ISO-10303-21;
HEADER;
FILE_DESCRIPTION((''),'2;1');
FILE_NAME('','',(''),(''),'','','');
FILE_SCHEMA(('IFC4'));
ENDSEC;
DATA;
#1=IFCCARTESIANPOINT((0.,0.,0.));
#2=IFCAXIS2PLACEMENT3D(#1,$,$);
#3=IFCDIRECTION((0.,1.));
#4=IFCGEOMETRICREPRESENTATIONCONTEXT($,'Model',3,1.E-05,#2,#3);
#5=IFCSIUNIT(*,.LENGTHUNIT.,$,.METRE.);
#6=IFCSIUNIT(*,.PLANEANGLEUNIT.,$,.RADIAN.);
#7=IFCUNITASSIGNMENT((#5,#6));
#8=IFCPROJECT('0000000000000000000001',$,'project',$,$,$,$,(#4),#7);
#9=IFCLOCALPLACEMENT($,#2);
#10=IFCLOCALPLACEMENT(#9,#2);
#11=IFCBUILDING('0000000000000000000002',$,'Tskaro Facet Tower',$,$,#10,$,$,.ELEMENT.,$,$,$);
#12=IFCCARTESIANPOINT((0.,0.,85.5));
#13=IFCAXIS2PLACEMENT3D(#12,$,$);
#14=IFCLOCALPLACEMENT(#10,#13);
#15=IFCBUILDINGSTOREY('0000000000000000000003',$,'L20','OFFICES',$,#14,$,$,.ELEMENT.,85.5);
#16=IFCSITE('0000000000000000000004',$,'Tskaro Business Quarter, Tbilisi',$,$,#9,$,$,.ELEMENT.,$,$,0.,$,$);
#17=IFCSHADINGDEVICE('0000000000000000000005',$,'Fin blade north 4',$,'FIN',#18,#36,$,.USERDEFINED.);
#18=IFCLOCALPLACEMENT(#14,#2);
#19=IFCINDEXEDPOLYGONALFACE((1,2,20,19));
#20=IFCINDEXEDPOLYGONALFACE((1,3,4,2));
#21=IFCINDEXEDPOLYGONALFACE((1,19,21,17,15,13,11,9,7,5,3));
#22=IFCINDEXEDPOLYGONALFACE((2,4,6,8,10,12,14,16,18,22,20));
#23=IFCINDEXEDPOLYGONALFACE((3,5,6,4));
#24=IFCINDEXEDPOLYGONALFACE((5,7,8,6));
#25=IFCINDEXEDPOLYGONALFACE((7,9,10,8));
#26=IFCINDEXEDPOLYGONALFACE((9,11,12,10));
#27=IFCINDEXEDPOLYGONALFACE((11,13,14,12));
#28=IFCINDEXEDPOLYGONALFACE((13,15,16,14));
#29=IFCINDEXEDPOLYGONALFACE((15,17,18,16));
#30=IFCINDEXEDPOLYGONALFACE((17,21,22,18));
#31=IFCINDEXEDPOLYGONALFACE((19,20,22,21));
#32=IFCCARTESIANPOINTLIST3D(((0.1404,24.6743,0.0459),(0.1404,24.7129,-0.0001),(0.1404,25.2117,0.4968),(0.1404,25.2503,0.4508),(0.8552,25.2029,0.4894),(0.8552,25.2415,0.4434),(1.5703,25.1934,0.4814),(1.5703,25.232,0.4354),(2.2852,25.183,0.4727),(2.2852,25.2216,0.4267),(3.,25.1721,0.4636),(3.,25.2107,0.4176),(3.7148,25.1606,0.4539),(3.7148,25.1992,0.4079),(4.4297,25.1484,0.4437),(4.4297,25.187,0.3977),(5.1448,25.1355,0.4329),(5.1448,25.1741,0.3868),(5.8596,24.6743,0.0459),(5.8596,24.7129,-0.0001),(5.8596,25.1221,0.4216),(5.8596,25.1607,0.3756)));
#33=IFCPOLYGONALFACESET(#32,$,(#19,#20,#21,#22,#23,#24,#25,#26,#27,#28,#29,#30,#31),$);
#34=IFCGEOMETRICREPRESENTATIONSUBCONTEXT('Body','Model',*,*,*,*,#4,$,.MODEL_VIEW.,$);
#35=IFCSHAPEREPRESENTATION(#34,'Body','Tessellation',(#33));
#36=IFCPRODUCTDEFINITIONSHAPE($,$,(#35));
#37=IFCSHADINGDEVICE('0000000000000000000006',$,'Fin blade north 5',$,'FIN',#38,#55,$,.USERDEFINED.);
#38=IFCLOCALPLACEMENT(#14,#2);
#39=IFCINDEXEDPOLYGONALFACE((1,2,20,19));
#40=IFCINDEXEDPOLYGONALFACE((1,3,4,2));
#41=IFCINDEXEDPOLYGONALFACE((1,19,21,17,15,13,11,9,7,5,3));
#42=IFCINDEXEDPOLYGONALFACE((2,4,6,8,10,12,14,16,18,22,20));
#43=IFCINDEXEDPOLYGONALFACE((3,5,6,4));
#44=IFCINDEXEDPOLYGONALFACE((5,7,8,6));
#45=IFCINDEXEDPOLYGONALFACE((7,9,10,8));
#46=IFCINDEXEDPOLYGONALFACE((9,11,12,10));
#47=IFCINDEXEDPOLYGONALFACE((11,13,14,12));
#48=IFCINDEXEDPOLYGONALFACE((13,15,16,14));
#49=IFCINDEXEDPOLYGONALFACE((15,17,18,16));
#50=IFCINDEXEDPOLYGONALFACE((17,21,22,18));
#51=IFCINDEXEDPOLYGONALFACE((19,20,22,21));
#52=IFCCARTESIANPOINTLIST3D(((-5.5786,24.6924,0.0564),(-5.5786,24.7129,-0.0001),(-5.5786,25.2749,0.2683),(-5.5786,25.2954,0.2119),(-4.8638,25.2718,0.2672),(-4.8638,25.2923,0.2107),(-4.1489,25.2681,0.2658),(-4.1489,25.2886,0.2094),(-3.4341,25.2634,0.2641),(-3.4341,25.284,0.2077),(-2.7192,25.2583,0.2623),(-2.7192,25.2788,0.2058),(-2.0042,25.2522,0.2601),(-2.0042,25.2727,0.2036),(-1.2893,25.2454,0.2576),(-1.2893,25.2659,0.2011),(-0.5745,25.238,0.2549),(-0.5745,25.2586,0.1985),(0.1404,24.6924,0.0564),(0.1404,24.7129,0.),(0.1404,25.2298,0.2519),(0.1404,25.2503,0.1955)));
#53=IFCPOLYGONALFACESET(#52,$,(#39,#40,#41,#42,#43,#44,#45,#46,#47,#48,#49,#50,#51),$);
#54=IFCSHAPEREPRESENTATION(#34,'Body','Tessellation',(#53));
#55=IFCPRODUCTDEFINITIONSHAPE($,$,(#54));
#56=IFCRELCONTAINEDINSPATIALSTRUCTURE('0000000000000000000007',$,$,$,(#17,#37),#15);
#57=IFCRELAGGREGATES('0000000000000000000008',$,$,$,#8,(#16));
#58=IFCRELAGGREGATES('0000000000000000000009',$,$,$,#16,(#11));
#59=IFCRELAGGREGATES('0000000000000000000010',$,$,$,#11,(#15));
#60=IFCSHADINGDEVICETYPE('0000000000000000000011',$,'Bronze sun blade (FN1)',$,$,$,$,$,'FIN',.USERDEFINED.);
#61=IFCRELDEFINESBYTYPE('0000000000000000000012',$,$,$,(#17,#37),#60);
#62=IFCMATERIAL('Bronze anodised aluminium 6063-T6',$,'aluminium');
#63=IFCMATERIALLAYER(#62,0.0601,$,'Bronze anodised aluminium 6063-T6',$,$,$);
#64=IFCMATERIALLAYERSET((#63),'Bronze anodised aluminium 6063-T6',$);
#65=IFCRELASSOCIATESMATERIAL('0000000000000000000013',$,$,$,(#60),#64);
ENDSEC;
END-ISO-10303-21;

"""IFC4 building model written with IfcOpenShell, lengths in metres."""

from ifc_helpers import new_model, si_unit, direction, frame, origin, place, context, subcontext, project, spatial, polyline, outline, extrude, material, layer, layer_set, type_object, element, save


model = new_model("IFC4")

# Units and contexts
model_context = context("Model", 3, precision=1e-05, world=origin(), true_north=direction((0.0, 1.0)))
body_context = subcontext(model_context, "Body", "Model", "MODEL_VIEW")
ifc_project = project(units=[si_unit("LENGTHUNIT", "METRE"), si_unit("PLANEANGLEUNIT", "RADIAN")], contexts=[model_context])

# Site, building, storey
site_placement = place(None, origin())
site = spatial("IfcSite", under=ifc_project, at=site_placement, Name="Tskaro Business Quarter, Tbilisi", CompositionType="ELEMENT", RefElevation=0.0)
building_placement = place(site_placement, origin())
building = spatial("IfcBuilding", under=site, at=building_placement, Name="Tskaro Facet Tower", CompositionType="ELEMENT")
storey_placement = place(building_placement, frame((0.0, 0.0, 85.5)))
storey = spatial("IfcBuildingStorey", under=building, at=storey_placement, Name="L20", Description="OFFICES", CompositionType="ELEMENT", Elevation=85.5)

# Shared definitions
ifc_material_1 = material(Name="Bronze anodised aluminium 6063-T6", Category="aluminium")

# Shading devices
ifc_layer_1 = layer(ifc_material_1, 0.0601, Name="Bronze anodised aluminium 6063-T6")
ifc_layer_set_1 = layer_set([ifc_layer_1], Name="Bronze anodised aluminium 6063-T6")
shading_device_type = type_object("IfcShadingDeviceType", Name="Bronze sun blade (FN1)", ElementType="FIN", PredefinedType="USERDEFINED", material=ifc_layer_set_1)
shading_device_1_placement = place(storey_placement, frame((5.8596, 24.6743, 0.0459), z_axis=(0.000002, -0.642756, 0.766071), x_axis=(-1.0, -0.000001, 0.000002)))
element("IfcShadingDevice", 1, at=shading_device_1_placement, inside=storey, type_object=shading_device_type, Name="Fin blade north 4", ObjectType="FIN", PredefinedType="USERDEFINED", context=body_context, shape_type="SweptSolid", body=[
    extrude(outline(polyline([(0.0, 0.0), (5.7192, 0.0), (5.7192, -0.7015), (5.0044, -0.69), (4.2893, -0.6776), (3.5745, -0.6641), (2.8596, -0.6498), (2.1448, -0.6348), (1.4299, -0.6188), (0.7148, -0.602), (0.0, -0.5845), (0.0, 0.0)])), origin(), (0.0, 0.0, -1.0), 0.0601),
])
shading_device_2_placement = place(storey_placement, frame((0.1404, 24.6924, 0.0564), z_axis=(-0.000006, -0.3419, 0.939736), x_axis=(-1.0, 0.000002, -0.000006)))
element("IfcShadingDevice", 2, at=shading_device_2_placement, inside=storey, type_object=shading_device_type, Name="Fin blade north 5", ObjectType="FIN", PredefinedType="USERDEFINED", context=body_context, shape_type="SweptSolid", body=[
    extrude(outline(polyline([(0.0, 0.0), (5.719, 0.0), (5.719, -0.6199), (5.0042, -0.6166), (4.2893, -0.6126), (3.5745, -0.6077), (2.8596, -0.6022), (2.1445, -0.5957), (1.4297, -0.5884), (0.7148, -0.5806), (0.0, -0.5718), (0.0, 0.0)])), origin(), (0.0, 0.0, -1.0), 0.0601),
])

save(model, "model.ifc")
